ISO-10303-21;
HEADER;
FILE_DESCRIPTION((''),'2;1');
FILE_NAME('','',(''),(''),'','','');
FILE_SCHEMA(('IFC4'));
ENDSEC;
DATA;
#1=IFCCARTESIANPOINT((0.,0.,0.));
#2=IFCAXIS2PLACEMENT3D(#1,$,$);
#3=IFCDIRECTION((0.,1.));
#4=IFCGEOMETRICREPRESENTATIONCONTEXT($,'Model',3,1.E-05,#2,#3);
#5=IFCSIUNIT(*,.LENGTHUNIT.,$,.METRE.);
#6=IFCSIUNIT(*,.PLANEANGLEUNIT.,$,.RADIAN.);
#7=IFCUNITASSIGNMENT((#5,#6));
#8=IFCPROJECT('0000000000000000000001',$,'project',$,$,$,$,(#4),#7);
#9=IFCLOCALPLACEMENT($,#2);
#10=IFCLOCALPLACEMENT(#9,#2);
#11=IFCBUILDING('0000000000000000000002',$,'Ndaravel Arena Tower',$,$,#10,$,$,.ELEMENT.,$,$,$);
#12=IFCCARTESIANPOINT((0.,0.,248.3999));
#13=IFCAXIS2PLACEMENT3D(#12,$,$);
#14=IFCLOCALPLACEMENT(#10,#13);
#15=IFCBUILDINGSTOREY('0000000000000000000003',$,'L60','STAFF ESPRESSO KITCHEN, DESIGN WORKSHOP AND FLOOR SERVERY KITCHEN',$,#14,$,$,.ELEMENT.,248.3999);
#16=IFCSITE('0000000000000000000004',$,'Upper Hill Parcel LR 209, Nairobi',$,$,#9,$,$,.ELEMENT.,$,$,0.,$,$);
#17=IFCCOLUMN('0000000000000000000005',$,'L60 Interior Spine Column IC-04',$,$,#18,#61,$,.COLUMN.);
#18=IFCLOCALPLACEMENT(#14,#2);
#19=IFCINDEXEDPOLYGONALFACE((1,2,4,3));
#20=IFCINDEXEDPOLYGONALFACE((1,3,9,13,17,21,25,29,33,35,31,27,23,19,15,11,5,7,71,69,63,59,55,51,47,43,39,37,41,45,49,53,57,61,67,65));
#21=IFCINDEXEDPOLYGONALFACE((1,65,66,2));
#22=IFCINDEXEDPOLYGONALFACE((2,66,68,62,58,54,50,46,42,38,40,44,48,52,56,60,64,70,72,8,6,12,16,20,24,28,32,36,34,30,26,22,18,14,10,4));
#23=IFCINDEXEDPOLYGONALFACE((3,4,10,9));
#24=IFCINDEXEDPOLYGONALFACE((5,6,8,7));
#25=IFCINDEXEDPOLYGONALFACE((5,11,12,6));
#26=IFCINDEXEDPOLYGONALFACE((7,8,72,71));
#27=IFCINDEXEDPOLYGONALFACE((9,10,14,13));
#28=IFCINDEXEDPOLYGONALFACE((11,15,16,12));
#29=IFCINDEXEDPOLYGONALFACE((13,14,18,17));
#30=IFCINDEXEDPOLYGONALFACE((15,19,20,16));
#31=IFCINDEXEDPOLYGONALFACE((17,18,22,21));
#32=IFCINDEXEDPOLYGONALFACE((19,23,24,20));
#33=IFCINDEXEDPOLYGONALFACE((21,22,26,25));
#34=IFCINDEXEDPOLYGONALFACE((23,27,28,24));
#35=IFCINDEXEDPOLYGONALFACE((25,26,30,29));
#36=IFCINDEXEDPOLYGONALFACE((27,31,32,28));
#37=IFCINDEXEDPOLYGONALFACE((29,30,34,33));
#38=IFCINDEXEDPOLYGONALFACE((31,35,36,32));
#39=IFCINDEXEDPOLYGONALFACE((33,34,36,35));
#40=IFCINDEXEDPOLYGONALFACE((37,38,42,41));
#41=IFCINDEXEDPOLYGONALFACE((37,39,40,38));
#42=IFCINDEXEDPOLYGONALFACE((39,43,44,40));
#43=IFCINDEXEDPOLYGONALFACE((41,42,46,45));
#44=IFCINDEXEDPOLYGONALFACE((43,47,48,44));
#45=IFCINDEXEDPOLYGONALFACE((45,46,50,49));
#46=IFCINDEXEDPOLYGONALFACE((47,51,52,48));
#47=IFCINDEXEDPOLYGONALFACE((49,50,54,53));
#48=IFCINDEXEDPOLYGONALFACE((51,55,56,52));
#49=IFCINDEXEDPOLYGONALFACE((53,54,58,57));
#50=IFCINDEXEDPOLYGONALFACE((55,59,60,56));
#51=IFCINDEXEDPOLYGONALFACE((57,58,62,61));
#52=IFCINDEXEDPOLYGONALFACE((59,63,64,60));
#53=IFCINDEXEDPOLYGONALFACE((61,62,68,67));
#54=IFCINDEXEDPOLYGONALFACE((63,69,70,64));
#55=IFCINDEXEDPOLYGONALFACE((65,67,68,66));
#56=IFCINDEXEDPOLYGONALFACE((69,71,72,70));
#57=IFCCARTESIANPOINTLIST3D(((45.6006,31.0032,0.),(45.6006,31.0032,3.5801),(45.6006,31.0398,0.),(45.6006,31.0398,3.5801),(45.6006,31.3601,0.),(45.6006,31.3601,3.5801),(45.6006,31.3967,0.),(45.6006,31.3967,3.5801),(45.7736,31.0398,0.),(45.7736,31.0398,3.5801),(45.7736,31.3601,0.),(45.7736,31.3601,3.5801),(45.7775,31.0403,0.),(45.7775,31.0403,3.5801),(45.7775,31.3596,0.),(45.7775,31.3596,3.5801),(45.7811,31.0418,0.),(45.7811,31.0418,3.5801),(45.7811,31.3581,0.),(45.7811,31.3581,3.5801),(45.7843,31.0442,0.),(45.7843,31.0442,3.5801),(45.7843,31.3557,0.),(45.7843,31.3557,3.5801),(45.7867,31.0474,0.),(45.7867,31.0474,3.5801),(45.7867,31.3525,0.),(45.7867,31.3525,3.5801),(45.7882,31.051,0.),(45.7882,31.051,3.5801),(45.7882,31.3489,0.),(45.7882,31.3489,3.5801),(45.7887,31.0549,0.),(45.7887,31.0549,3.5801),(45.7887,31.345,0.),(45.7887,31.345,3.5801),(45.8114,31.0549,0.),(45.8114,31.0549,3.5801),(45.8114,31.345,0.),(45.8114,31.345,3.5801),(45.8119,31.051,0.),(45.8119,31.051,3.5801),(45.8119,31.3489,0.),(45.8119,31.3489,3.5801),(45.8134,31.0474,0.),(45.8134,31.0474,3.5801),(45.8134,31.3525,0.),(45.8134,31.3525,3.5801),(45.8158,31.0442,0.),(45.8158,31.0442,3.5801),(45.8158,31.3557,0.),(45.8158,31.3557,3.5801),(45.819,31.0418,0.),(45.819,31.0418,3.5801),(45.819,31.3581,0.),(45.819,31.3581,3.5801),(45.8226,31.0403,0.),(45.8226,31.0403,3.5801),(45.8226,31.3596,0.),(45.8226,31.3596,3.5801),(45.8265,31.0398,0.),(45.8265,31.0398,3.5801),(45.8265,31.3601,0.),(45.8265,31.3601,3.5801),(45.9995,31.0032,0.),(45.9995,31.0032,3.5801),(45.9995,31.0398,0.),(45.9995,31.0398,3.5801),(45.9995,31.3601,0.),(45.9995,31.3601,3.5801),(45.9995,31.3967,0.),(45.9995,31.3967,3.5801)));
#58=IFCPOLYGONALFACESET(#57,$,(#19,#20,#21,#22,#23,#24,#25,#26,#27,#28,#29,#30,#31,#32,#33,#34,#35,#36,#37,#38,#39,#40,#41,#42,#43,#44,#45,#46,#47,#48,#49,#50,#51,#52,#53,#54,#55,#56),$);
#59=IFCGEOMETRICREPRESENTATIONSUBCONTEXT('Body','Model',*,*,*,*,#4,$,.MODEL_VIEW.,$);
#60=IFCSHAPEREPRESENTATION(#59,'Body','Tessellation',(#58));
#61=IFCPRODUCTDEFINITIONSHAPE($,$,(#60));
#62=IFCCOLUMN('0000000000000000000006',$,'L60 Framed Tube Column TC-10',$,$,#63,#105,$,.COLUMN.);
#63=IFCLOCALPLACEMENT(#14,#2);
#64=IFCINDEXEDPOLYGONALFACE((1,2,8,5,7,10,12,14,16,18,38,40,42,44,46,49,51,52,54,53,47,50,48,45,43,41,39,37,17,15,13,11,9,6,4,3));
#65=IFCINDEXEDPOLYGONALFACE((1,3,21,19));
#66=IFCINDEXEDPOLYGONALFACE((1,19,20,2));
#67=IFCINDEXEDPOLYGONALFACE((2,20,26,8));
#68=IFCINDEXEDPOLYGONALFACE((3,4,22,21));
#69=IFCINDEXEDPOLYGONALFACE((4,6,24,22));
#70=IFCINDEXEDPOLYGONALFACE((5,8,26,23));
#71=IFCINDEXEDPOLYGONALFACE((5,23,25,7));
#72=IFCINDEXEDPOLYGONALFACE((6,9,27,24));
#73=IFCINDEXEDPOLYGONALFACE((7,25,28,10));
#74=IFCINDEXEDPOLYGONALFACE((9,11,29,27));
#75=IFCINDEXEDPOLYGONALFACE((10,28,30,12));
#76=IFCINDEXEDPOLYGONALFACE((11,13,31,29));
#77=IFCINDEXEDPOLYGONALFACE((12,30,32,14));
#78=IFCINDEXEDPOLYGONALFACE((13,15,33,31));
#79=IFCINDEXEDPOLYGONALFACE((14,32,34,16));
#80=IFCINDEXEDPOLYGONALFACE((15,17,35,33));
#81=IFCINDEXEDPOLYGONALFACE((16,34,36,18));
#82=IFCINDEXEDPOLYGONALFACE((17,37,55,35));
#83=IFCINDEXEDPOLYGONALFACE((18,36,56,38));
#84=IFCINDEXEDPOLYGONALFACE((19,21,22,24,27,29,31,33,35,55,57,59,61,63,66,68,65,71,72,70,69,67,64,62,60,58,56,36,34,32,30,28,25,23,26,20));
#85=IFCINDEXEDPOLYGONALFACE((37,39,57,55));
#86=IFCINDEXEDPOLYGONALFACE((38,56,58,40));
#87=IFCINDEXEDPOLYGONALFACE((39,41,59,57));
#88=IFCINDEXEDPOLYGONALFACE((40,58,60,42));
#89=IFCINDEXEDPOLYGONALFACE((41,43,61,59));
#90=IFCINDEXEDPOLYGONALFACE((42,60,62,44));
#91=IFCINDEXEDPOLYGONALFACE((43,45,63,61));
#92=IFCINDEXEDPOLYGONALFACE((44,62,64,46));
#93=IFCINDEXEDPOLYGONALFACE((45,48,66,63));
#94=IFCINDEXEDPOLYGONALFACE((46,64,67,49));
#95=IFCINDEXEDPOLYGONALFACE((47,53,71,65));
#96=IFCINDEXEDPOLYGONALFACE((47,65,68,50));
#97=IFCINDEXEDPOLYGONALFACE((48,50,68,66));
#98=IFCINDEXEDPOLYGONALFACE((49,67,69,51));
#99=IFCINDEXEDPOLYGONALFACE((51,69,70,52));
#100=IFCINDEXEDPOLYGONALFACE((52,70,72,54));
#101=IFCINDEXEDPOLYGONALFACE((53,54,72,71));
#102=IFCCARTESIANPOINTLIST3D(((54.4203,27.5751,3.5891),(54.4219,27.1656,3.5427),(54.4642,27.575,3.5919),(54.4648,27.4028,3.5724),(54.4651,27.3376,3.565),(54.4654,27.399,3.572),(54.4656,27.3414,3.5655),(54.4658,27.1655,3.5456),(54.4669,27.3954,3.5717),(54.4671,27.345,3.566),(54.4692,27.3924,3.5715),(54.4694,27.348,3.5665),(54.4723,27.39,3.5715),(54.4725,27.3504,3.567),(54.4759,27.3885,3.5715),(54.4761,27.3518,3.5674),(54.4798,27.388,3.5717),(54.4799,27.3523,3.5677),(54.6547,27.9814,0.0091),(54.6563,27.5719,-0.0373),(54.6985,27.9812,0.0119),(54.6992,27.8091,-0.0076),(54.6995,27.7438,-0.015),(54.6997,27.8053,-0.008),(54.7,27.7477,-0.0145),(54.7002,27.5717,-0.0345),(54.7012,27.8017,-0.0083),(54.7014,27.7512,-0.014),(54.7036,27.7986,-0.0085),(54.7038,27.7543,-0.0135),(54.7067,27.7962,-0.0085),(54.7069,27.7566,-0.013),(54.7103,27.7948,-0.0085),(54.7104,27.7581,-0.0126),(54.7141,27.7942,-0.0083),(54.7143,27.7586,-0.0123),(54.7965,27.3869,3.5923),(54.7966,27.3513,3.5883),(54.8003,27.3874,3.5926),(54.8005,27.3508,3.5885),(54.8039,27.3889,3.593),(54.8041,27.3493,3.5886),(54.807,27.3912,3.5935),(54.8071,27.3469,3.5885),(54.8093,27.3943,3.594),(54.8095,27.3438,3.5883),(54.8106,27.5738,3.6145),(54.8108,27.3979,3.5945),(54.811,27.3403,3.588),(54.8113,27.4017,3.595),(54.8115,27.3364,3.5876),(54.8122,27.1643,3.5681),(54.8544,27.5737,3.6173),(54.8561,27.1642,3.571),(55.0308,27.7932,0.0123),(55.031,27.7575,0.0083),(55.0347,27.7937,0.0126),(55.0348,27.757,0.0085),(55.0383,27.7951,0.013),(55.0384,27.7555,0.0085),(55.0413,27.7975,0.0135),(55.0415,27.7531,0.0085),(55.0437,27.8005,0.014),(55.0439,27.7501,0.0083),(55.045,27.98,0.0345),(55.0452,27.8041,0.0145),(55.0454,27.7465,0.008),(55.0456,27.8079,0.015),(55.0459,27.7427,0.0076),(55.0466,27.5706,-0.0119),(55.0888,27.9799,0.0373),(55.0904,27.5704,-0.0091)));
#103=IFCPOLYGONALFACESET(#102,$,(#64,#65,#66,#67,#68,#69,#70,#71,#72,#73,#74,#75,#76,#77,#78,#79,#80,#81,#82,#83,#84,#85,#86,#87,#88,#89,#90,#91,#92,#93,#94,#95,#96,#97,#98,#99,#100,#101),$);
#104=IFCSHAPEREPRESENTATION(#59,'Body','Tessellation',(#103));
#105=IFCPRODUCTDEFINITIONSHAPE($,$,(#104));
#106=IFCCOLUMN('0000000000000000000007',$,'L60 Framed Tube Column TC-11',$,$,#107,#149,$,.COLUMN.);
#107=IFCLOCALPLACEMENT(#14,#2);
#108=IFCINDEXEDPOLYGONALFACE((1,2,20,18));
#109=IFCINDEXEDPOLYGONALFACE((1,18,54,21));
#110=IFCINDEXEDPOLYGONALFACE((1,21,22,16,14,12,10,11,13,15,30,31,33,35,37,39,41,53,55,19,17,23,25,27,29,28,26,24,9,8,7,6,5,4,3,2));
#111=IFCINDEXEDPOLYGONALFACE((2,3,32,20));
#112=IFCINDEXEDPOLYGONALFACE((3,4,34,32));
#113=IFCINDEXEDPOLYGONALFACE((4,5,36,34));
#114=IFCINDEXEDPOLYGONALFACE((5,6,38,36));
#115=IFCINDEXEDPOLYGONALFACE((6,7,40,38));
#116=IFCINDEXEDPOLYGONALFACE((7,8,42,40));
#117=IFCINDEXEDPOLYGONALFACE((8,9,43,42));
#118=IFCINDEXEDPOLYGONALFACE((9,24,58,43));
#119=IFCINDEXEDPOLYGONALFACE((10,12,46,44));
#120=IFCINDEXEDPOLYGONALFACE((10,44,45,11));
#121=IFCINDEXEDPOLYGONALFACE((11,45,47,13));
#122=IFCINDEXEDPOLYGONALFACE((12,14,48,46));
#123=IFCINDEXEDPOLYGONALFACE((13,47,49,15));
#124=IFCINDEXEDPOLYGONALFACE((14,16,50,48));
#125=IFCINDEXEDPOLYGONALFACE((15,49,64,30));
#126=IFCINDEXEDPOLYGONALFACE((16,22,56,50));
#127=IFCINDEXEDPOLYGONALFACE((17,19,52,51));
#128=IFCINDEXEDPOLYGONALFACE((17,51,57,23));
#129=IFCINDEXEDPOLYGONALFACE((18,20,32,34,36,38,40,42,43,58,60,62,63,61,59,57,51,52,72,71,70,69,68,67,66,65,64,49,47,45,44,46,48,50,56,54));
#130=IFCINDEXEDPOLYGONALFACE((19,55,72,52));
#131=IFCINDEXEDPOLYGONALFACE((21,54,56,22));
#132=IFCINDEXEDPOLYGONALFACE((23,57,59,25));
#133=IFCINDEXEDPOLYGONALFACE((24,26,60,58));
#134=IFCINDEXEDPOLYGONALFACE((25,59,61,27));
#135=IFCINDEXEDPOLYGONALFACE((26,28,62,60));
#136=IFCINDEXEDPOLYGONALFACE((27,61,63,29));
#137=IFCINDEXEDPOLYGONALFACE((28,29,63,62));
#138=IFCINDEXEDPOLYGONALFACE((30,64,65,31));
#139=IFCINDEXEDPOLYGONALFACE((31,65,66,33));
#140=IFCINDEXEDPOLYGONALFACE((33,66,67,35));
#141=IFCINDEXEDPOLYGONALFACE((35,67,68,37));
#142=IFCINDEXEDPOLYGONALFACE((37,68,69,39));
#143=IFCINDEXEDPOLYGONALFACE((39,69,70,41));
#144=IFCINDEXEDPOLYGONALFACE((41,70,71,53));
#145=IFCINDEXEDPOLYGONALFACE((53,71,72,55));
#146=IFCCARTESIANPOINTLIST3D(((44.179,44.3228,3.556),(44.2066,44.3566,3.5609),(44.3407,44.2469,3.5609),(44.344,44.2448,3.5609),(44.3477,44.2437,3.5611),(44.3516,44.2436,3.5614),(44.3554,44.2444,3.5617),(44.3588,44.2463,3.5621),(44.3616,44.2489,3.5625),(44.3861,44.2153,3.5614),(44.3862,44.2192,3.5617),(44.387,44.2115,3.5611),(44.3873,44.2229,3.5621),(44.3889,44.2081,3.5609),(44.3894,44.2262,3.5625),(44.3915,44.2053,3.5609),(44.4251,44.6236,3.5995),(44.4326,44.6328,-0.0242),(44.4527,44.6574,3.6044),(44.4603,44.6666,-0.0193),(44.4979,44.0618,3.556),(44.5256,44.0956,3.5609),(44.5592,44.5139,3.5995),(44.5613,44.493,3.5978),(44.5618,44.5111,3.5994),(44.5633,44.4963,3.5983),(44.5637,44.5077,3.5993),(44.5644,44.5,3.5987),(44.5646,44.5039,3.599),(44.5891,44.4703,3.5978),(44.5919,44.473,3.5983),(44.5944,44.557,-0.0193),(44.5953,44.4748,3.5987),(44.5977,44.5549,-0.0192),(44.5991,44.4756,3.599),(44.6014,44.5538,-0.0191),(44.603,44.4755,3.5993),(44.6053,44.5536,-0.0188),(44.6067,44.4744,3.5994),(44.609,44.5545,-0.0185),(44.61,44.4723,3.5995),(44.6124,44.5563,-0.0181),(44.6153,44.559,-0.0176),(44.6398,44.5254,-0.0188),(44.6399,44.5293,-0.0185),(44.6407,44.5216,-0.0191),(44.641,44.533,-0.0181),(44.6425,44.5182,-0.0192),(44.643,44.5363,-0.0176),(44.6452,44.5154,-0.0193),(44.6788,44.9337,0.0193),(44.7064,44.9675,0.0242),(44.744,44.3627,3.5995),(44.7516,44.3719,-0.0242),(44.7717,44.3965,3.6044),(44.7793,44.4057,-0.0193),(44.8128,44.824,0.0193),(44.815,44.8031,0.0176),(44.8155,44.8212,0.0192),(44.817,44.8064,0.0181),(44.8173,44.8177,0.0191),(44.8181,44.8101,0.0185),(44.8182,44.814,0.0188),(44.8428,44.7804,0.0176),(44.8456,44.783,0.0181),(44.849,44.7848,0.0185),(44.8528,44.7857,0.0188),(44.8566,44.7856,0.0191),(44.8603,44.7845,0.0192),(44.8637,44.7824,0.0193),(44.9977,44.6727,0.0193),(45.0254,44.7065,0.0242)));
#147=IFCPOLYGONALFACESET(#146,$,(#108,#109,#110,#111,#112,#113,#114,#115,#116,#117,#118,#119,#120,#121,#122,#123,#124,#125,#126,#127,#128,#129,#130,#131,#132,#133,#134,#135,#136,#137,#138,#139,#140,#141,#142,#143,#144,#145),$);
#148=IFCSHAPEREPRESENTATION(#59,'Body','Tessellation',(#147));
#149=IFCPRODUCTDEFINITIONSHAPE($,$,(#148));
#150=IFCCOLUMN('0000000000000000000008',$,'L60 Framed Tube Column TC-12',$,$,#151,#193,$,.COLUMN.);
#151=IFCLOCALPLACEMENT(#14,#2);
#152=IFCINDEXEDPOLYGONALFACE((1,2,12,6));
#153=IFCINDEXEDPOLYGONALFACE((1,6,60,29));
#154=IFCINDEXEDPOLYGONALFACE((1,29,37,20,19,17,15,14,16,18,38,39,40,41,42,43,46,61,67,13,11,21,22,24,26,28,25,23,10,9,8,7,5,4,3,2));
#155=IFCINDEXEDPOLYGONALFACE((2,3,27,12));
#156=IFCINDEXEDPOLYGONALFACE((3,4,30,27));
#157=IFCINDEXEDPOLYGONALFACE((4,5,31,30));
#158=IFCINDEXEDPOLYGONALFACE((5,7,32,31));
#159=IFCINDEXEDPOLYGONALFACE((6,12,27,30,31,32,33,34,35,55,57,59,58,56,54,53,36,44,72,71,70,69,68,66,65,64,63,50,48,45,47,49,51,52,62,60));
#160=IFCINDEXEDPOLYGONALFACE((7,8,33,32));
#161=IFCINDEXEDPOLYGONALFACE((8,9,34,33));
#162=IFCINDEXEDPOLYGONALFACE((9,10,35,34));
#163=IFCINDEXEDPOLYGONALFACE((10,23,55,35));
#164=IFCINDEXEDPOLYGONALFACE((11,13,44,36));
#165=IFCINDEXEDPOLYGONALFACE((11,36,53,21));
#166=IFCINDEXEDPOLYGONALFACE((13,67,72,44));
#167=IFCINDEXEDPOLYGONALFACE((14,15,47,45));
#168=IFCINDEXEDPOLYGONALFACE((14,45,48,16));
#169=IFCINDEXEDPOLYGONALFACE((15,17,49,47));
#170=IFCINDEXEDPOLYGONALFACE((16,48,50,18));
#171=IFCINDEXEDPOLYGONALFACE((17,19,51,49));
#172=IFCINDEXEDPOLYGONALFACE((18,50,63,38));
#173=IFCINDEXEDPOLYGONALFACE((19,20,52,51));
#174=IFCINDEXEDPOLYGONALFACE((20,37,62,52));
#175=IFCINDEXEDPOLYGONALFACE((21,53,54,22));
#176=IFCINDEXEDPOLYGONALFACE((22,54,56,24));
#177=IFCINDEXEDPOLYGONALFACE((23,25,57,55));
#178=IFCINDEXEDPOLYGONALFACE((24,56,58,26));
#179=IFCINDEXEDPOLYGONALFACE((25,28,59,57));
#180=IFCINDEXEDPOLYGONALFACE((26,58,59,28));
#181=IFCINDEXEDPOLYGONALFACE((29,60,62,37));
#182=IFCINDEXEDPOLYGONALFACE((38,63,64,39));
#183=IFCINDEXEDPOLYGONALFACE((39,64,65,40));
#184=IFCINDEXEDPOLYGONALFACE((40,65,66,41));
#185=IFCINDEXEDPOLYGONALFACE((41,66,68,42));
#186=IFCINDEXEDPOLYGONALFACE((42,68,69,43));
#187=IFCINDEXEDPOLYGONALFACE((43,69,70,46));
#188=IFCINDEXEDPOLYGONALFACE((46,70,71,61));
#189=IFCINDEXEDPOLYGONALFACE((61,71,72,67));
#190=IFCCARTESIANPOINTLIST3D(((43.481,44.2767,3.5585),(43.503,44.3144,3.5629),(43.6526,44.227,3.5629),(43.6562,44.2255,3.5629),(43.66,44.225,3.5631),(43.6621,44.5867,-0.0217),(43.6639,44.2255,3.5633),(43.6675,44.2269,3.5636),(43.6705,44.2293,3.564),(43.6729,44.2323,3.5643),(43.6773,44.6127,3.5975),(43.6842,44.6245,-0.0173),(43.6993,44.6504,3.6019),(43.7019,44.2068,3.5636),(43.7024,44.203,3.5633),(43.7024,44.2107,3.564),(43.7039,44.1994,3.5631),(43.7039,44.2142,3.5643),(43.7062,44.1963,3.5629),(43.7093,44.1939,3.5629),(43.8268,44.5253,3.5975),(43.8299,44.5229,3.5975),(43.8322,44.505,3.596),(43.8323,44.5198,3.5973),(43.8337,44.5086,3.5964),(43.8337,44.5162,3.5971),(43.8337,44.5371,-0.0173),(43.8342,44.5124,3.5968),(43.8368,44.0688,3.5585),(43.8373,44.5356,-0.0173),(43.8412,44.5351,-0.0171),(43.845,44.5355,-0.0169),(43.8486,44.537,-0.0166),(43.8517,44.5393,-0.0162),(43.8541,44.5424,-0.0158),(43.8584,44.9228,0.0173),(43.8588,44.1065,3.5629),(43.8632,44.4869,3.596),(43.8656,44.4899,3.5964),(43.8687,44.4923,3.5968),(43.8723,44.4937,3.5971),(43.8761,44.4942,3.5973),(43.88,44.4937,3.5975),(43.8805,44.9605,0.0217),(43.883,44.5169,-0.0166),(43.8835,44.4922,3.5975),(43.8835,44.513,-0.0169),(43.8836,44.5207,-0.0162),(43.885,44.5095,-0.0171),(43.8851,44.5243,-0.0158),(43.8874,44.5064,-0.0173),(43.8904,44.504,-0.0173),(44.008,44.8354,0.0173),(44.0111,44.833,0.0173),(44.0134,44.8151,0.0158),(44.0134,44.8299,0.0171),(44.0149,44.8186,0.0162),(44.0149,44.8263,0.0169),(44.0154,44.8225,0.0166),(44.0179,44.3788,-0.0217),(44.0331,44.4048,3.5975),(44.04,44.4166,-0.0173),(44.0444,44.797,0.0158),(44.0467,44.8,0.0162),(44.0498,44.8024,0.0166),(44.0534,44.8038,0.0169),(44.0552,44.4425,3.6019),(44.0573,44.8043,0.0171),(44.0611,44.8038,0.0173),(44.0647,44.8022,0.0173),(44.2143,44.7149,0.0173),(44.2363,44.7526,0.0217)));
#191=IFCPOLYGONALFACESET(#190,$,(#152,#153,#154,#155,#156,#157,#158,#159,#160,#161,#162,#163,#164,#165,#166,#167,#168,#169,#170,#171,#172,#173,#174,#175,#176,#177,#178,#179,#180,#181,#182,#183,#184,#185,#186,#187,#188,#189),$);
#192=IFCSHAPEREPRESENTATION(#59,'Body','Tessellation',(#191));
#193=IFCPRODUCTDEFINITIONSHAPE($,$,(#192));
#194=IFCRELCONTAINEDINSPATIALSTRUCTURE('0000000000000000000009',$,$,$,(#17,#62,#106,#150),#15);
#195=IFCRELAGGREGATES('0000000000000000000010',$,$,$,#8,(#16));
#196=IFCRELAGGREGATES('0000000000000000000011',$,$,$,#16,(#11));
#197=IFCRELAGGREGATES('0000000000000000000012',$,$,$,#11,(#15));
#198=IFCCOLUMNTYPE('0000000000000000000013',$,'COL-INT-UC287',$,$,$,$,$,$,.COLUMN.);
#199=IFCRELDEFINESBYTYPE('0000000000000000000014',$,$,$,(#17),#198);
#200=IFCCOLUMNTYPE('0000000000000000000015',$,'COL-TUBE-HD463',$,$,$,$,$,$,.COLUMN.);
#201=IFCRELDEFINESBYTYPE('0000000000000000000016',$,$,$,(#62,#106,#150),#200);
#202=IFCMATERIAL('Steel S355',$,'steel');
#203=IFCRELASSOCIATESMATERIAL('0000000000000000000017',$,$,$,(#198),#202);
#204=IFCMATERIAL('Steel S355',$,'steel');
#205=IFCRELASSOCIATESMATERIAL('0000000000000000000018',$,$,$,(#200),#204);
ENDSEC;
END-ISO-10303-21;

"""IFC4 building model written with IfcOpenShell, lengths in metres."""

from ifc_helpers import new_model, si_unit, direction, frame, origin, origin_2d, place, context, subcontext, project, spatial, i_section, extrude, material, material_profile, profile_set, type_object, element, save


model = new_model("IFC4")

# Units and contexts
model_context = context("Model", 3, precision=1e-05, world=origin(), true_north=direction((0.0, 1.0)))
body_context = subcontext(model_context, "Body", "Model", "MODEL_VIEW")
ifc_project = project(units=[si_unit("LENGTHUNIT", "METRE"), si_unit("PLANEANGLEUNIT", "RADIAN")], contexts=[model_context])

# Site, building, storey
site_placement = place(None, origin())
site = spatial("IfcSite", under=ifc_project, at=site_placement, Name="Upper Hill Parcel LR 209, Nairobi", CompositionType="ELEMENT", RefElevation=0.0)
building_placement = place(site_placement, origin())
building = spatial("IfcBuilding", under=site, at=building_placement, Name="Ndaravel Arena Tower", CompositionType="ELEMENT")
storey_placement = place(building_placement, frame((0.0, 0.0, 248.3999)))
storey = spatial("IfcBuildingStorey", under=building, at=storey_placement, Name="L60", Description="STAFF ESPRESSO KITCHEN, DESIGN WORKSHOP AND FLOOR SERVERY KITCHEN", CompositionType="ELEMENT", Elevation=248.3999)

# Columns
ifc_material_1 = material(Name="Steel S355", Category="steel")
ifc_material_profile_1 = material_profile(ifc_material_1, i_section(OverallWidth=0.3989, OverallDepth=0.3936, WebThickness=0.0227, FlangeThickness=0.0366, FilletRadius=0.0151, at=origin_2d()), Name="UC 356x406x287")
ifc_profile_set_1 = profile_set([ifc_material_profile_1], Name="Steel S355")
column_type_1 = type_object("IfcColumnType", Name="COL-INT-UC287", PredefinedType="COLUMN", material=ifc_profile_set_1)
column_1_placement = place(storey_placement, frame((45.8, 31.2, 0.0), z_axis=(0.0, 0.0, 1.0), x_axis=(1.0, 0.0, 0.0)))
element("IfcColumn", 1, at=column_1_placement, inside=storey, type_object=column_type_1, Name="L60 Interior Spine Column IC-04", PredefinedType="COLUMN", context=body_context, shape_type="SweptSolid", body=[
    extrude(i_section(OverallWidth=0.3989, OverallDepth=0.3936, WebThickness=0.0227, FlangeThickness=0.0366, FilletRadius=0.0151, at=origin_2d()), origin(), (0.0, 0.0, 1.0), 3.5801),
])
ifc_material_2 = material(Name="Steel S355", Category="steel")
ifc_material_profile_2 = material_profile(ifc_material_2, i_section(OverallWidth=0.4121, OverallDepth=0.4351, WebThickness=0.0359, FlangeThickness=0.0439, FilletRadius=0.0149, at=origin_2d()), Name="HD 400x463")
ifc_profile_set_2 = profile_set([ifc_material_profile_2], Name="Steel S355")
column_type_2 = type_object("IfcColumnType", Name="COL-TUBE-HD463", PredefinedType="COLUMN", material=ifc_profile_set_2)
column_2_placement = place(storey_placement, frame((54.8726, 27.7759, 0.0), z_axis=(-0.064912, -0.112514, 0.991528), x_axis=(-0.003987, 0.993645, 0.112493)))
element("IfcColumn", 2, at=column_2_placement, inside=storey, type_object=column_type_2, Name="L60 Framed Tube Column TC-10", PredefinedType="COLUMN", context=body_context, shape_type="SweptSolid", body=[
    extrude(i_section(OverallWidth=0.4121, OverallDepth=0.4351, WebThickness=0.0359, FlangeThickness=0.0439, FilletRadius=0.0149, at=origin_2d()), origin(), (0.0, 0.0, 1.0), 3.6106),
])
column_3_placement = place(storey_placement, frame((44.729, 44.6697, 0.0), z_axis=(-0.070414, -0.086069, 0.993798), x_axis=(0.773984, -0.633205, 0.0)))
element("IfcColumn", 3, at=column_3_placement, inside=storey, type_object=column_type_2, Name="L60 Framed Tube Column TC-11", PredefinedType="COLUMN", context=body_context, shape_type="SweptSolid", body=[
    extrude(i_section(OverallWidth=0.4121, OverallDepth=0.4351, WebThickness=0.0359, FlangeThickness=0.0439, FilletRadius=0.0149, at=origin_2d()), origin(), (0.0, 0.0, 1.0), 3.6025),
])
column_4_placement = place(storey_placement, frame((43.9492, 44.6697, 0.0), z_axis=(-0.050347, -0.086174, 0.995007), x_axis=(0.863433, -0.504463, 0.0)))
element("IfcColumn", 4, at=column_4_placement, inside=storey, type_object=column_type_2, Name="L60 Framed Tube Column TC-12", PredefinedType="COLUMN", context=body_context, shape_type="SweptSolid", body=[
    extrude(i_section(OverallWidth=0.4121, OverallDepth=0.4351, WebThickness=0.0359, FlangeThickness=0.0439, FilletRadius=0.0149, at=origin_2d()), origin(), (0.0, 0.0, 1.0), 3.5981),
])

save(model, "model.ifc")
